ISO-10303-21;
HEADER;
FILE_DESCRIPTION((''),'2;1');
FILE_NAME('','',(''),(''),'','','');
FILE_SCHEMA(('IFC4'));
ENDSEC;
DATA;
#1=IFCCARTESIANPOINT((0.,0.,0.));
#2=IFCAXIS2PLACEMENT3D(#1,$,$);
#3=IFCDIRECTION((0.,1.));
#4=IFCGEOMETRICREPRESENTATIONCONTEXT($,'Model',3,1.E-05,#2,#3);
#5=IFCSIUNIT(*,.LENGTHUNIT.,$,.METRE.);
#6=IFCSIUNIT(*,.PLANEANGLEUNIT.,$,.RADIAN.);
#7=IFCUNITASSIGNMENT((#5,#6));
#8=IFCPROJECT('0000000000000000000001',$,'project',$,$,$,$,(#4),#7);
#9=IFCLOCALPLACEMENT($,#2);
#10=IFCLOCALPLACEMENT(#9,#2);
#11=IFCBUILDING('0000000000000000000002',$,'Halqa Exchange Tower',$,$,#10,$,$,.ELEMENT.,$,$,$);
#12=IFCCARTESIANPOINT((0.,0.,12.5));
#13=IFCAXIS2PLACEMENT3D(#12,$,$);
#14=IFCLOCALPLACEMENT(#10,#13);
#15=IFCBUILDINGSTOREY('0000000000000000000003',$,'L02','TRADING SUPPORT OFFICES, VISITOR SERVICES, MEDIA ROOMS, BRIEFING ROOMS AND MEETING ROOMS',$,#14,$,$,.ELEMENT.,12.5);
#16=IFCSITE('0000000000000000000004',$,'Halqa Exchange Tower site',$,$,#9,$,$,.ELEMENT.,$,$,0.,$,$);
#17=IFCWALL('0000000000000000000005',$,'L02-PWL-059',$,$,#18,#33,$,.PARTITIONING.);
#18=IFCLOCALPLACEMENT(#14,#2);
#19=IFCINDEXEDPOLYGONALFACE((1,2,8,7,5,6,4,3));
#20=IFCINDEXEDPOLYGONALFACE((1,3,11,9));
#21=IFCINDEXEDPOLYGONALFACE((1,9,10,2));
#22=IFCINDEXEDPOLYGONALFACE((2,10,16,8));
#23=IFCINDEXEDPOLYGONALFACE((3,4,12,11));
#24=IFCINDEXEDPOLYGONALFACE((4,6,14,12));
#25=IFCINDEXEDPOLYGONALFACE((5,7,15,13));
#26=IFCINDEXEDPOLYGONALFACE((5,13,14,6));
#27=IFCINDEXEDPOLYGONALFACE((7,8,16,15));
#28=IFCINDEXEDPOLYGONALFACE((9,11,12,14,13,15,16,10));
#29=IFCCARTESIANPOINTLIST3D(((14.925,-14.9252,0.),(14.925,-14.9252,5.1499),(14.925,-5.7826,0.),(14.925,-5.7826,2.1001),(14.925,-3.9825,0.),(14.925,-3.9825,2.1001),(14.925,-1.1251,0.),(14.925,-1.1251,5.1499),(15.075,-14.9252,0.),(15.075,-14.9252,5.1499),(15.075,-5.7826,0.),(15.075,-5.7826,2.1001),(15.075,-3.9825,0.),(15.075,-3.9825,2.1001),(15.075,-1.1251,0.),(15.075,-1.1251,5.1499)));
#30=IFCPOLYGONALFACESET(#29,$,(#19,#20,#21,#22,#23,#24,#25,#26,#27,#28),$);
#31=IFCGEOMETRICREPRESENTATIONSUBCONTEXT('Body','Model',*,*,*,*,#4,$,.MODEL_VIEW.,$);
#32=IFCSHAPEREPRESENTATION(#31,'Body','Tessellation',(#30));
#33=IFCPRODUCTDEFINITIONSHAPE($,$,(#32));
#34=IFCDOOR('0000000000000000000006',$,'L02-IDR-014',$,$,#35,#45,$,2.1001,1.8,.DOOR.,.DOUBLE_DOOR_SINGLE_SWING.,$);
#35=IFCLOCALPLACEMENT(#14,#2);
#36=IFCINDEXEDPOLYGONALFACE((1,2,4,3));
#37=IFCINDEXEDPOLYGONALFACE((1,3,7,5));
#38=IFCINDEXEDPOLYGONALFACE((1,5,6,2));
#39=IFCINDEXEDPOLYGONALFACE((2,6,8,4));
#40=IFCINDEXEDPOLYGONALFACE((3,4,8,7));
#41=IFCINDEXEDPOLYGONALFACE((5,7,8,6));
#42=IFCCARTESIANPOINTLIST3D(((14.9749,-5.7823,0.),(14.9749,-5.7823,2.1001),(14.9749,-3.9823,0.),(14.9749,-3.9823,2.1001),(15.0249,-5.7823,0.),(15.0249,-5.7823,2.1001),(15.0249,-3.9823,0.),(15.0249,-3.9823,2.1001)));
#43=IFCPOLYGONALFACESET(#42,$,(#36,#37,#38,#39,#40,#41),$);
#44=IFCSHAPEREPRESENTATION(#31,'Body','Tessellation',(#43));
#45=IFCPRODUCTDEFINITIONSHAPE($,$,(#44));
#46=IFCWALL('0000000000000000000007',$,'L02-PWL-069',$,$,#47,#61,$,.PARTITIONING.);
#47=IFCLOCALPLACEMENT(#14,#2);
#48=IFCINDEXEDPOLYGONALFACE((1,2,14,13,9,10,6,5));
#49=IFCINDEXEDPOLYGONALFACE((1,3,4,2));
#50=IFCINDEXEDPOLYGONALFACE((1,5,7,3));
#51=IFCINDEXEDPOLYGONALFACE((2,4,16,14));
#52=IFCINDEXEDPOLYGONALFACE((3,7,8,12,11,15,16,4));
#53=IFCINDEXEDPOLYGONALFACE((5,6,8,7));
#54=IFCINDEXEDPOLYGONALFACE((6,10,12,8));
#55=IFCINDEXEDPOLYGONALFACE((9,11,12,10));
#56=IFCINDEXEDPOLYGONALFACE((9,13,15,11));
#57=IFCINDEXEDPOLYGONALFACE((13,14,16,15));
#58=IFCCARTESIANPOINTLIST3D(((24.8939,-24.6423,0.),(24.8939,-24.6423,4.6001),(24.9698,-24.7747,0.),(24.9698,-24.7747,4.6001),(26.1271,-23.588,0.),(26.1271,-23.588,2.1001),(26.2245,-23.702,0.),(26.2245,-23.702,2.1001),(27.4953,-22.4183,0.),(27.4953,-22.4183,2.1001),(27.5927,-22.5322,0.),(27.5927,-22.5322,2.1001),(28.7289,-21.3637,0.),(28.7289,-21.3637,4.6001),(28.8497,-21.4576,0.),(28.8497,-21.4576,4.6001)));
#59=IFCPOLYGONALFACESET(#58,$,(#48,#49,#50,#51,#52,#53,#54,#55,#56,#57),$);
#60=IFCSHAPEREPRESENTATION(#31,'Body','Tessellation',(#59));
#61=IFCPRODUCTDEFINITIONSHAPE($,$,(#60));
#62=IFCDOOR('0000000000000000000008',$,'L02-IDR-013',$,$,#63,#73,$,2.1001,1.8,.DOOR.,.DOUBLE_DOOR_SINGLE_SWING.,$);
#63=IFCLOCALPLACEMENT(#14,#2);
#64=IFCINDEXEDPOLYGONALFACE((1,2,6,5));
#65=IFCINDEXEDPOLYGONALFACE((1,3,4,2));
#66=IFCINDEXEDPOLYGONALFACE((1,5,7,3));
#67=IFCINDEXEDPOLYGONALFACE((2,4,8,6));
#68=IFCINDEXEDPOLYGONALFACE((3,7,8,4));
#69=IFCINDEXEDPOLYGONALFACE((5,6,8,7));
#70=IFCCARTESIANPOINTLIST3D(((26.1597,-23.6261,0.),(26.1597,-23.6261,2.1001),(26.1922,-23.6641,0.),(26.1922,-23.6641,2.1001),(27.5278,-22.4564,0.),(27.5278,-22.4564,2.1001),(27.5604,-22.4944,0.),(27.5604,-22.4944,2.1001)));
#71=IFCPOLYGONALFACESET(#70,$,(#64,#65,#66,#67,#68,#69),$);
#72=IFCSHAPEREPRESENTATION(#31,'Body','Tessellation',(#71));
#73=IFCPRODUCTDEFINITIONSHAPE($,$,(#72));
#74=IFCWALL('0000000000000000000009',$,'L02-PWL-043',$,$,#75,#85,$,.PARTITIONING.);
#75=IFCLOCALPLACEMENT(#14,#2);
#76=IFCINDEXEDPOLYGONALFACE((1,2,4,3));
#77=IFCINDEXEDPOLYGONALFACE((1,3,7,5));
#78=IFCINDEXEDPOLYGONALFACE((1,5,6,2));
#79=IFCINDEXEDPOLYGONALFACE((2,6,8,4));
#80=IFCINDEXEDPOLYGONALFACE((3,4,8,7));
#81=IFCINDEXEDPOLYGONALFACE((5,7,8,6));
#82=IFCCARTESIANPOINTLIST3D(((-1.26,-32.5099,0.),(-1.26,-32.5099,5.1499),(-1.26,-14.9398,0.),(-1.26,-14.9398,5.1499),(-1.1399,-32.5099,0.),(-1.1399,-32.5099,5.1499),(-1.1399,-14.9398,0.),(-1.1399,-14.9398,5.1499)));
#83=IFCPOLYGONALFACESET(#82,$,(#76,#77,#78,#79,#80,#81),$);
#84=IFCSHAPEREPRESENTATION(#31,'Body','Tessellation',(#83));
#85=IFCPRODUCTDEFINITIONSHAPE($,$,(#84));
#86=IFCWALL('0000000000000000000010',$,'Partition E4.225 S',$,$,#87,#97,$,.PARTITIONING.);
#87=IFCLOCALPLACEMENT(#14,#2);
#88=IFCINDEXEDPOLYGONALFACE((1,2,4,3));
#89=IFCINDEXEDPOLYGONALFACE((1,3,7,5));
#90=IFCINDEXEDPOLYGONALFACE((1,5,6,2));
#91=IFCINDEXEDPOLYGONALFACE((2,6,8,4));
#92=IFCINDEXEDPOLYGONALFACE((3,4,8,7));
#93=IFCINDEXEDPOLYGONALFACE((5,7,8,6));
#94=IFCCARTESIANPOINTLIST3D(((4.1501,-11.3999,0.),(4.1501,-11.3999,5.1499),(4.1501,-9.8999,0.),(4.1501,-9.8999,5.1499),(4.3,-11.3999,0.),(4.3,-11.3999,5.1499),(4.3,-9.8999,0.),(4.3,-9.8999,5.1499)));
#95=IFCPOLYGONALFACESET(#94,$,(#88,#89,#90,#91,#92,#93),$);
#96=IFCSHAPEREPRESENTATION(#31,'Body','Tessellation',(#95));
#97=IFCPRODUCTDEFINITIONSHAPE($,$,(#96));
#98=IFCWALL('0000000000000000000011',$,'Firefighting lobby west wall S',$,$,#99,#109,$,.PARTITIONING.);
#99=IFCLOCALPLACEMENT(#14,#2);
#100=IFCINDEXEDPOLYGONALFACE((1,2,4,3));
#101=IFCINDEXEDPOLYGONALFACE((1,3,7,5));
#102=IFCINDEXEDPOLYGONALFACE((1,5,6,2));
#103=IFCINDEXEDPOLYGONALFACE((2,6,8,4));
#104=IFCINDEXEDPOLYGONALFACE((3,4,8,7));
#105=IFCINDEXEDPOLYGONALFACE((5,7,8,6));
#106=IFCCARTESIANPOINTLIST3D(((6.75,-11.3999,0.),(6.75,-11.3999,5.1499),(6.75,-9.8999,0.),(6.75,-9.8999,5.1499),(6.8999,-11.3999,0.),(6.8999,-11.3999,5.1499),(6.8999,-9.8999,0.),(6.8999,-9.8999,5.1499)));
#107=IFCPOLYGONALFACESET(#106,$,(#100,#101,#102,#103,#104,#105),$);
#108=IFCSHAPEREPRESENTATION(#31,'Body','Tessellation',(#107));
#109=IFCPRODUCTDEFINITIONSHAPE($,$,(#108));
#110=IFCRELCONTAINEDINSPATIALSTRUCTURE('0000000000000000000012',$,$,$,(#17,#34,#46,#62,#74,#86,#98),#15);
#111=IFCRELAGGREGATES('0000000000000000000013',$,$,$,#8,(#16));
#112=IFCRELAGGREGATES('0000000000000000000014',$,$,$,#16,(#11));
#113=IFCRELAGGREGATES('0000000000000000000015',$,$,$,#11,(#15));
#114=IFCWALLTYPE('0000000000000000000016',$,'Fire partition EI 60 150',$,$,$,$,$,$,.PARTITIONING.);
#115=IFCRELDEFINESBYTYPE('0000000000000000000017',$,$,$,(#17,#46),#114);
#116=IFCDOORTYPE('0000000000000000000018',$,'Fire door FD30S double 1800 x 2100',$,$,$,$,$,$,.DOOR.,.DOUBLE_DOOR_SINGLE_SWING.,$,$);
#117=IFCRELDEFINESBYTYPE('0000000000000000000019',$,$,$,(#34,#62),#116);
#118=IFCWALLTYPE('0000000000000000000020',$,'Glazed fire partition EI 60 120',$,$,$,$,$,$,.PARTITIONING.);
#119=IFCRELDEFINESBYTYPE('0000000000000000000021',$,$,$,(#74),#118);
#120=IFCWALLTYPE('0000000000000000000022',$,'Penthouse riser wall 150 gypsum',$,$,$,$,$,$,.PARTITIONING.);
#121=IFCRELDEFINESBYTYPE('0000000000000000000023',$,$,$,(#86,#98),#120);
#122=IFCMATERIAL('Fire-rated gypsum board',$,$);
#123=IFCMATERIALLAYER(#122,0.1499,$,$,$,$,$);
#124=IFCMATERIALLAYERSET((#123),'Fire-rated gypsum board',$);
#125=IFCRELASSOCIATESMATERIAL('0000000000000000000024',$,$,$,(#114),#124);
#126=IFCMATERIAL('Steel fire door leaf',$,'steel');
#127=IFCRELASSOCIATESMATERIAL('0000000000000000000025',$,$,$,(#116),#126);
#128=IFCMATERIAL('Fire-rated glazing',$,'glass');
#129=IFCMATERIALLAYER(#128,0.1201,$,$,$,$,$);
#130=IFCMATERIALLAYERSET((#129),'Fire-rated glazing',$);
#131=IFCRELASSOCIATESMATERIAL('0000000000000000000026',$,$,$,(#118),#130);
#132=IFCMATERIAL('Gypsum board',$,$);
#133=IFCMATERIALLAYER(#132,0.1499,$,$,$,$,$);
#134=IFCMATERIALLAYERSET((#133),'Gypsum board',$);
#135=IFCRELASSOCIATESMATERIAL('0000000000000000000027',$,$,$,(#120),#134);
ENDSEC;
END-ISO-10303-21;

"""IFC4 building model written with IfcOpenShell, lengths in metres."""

from ifc_helpers import new_model, si_unit, direction, frame, frame_2d, origin, place, context, subcontext, project, spatial, polyline, rectangle, outline, extrude, material, layer, layer_set, type_object, element, fill, save


model = new_model("IFC4")

# Units and contexts
model_context = context("Model", 3, precision=1e-05, world=origin(), true_north=direction((0.0, 1.0)))
body_context = subcontext(model_context, "Body", "Model", "MODEL_VIEW")
ifc_project = project(units=[si_unit("LENGTHUNIT", "METRE"), si_unit("PLANEANGLEUNIT", "RADIAN")], contexts=[model_context])

# Site, building, storey
site_placement = place(None, origin())
site = spatial("IfcSite", under=ifc_project, at=site_placement, Name="Halqa Exchange Tower site", CompositionType="ELEMENT", RefElevation=0.0)
building_placement = place(site_placement, origin())
building = spatial("IfcBuilding", under=site, at=building_placement, Name="Halqa Exchange Tower", CompositionType="ELEMENT")
storey_placement = place(building_placement, frame((0.0, 0.0, 12.5)))
storey = spatial("IfcBuildingStorey", under=building, at=storey_placement, Name="L02", Description="TRADING SUPPORT OFFICES, VISITOR SERVICES, MEDIA ROOMS, BRIEFING ROOMS AND MEETING ROOMS", CompositionType="ELEMENT", Elevation=12.5)

# Shared definitions
ifc_material_1 = material(Name="Fire-rated gypsum board")
ifc_layer_1 = layer(ifc_material_1, 0.1499)
ifc_layer_set_1 = layer_set([ifc_layer_1], Name="Fire-rated gypsum board")
wall_type_1 = type_object("IfcWallType", Name="Fire partition EI 60 150", PredefinedType="PARTITIONING", material=ifc_layer_set_1)

# Walls, openings, doors
ifc_material_2 = material(Name="Steel fire door leaf", Category="steel")
door_type_1 = type_object("IfcDoorType", Name="Fire door FD30S double 1800 x 2100", OperationType="DOUBLE_DOOR_SINGLE_SWING", PredefinedType="DOOR", material=ifc_material_2)
wall_1_placement = place(storey_placement, frame((15.0, -14.925, 0.0), z_axis=(0.0, 0.0, 1.0), x_axis=(0.0, 1.0, 0.0)))
wall_1 = element("IfcWall", 1, at=wall_1_placement, inside=storey, type_object=wall_type_1, Name="L02-PWL-059", PredefinedType="PARTITIONING", context=body_context, shape_type="SweptSolid", body=[
    extrude(rectangle(XDim=13.8, YDim=0.1499, at=frame_2d((6.8999, 0.0))), origin(), (0.0, 0.0, 1.0), 5.1499),
])
opening_1_placement = place(wall_1_placement, frame((9.1426, 0.0, 0.0)))
opening_1 = element("IfcOpeningElement", 2, at=opening_1_placement, cuts=wall_1, PredefinedType="OPENING", context=body_context, shape_type="SweptSolid", body=[
    extrude(rectangle(XDim=1.8, YDim=2.1001, at=frame_2d((0.8999, 1.05))), frame((0.0, 0.0869, 0.0), z_axis=(0.0, -1.0, 0.0), x_axis=(1.0, 0.0, 0.0)), (0.0, 0.0, 1.0), 0.1738),
])
door_1_placement = place(opening_1_placement, frame((1.8, 0.0, 0.0), z_axis=(0.0, 0.0, 1.0), x_axis=(-1.0, 0.0, 0.0)))
door_1 = element("IfcDoor", 3, at=door_1_placement, inside=storey, type_object=door_type_1, Name="L02-IDR-014", OperationType="DOUBLE_DOOR_SINGLE_SWING", OverallHeight=2.1001, OverallWidth=1.8, PredefinedType="DOOR", context=body_context, shape_type="SweptSolid", body=[
    extrude(rectangle(XDim=1.8, YDim=2.1001, at=frame_2d((0.8999, 1.05))), frame((0.0, 0.0249, 0.0), z_axis=(0.0, -1.0, 0.0), x_axis=(1.0, 0.0, 0.0)), (0.0, 0.0, 1.0), 0.05),
])
fill(opening_1, door_1)
wall_2_placement = place(storey_placement, frame((24.9319, -24.7085, 0.0), z_axis=(0.0, 0.0, 1.0), x_axis=(0.760085, 0.649824, 0.0)))
wall_2 = element("IfcWall", 4, at=wall_2_placement, inside=storey, type_object=wall_type_1, Name="L02-PWL-069", PredefinedType="PARTITIONING", context=body_context, shape_type="SweptSolid", body=[
    extrude(outline(polyline([(-0.0142, -0.075), (5.0903, -0.075), (5.0596, 0.075), (0.0142, 0.075), (-0.0142, -0.075)])), origin(), (0.0, 0.0, 1.0), 4.6001),
])
opening_2_placement = place(wall_2_placement, frame((1.6367, 0.0, 0.0)))
opening_2 = element("IfcOpeningElement", 5, at=opening_2_placement, cuts=wall_2, PredefinedType="OPENING", context=body_context, shape_type="SweptSolid", body=[
    extrude(rectangle(XDim=1.8, YDim=2.1001, at=frame_2d((0.8999, 1.05))), frame((0.0, 0.0869, 0.0), z_axis=(0.0, -1.0, 0.0), x_axis=(1.0, 0.0, 0.0)), (0.0, 0.0, 1.0), 0.1738),
])
door_2_placement = place(opening_2_placement, origin())
door_2 = element("IfcDoor", 6, at=door_2_placement, inside=storey, type_object=door_type_1, Name="L02-IDR-013", OperationType="DOUBLE_DOOR_SINGLE_SWING", OverallHeight=2.1001, OverallWidth=1.8, PredefinedType="DOOR", context=body_context, shape_type="SweptSolid", body=[
    extrude(rectangle(XDim=1.8, YDim=2.1001, at=frame_2d((0.8999, 1.05))), frame((0.0, 0.0249, 0.0), z_axis=(0.0, -1.0, 0.0), x_axis=(1.0, 0.0, 0.0)), (0.0, 0.0, 1.0), 0.05),
])
fill(opening_2, door_2)

# Walls
ifc_material_3 = material(Name="Fire-rated glazing", Category="glass")
ifc_layer_2 = layer(ifc_material_3, 0.1201)
ifc_layer_set_2 = layer_set([ifc_layer_2], Name="Fire-rated glazing")
wall_type_2 = type_object("IfcWallType", Name="Glazed fire partition EI 60 120", PredefinedType="PARTITIONING", material=ifc_layer_set_2)
wall_3_placement = place(storey_placement, frame((-1.2, -32.51, 0.0), z_axis=(0.0, 0.0, 1.0), x_axis=(0.0, 1.0, 0.0)))
element("IfcWall", 7, at=wall_3_placement, inside=storey, type_object=wall_type_2, Name="L02-PWL-043", PredefinedType="PARTITIONING", context=body_context, shape_type="SweptSolid", body=[
    extrude(rectangle(XDim=17.5701, YDim=0.1201, at=frame_2d((8.7852, 0.0))), origin(), (0.0, 0.0, 1.0), 5.1499),
])
ifc_material_4 = material(Name="Gypsum board")
ifc_layer_3 = layer(ifc_material_4, 0.1499)
ifc_layer_set_3 = layer_set([ifc_layer_3], Name="Gypsum board")
wall_type_3 = type_object("IfcWallType", Name="Penthouse riser wall 150 gypsum", PredefinedType="PARTITIONING", material=ifc_layer_set_3)
for number, where, z_axis, x_axis, name in (
    (8, (4.2251, -11.3999, 0.0), (0.0, 0.0, 1.0), (0.0, 1.0, 0.0), "Partition E4.225 S"),
    (9, (6.825, -11.3999, 0.0), (0.0, 0.0, 1.0), (0.0, 1.0, 0.0), "Firefighting lobby west wall S"),
):
    element("IfcWall", number, at=place(storey_placement, frame(where, z_axis=z_axis, x_axis=x_axis)), inside=storey, type_object=wall_type_3, Name=name, PredefinedType="PARTITIONING", context=body_context, shape_type="SweptSolid", body=[
        extrude(rectangle(XDim=1.5, YDim=0.1499, at=frame_2d((0.75, 0.0))), origin(), (0.0, 0.0, 1.0), 5.1499),
    ])

save(model, "model.ifc")
